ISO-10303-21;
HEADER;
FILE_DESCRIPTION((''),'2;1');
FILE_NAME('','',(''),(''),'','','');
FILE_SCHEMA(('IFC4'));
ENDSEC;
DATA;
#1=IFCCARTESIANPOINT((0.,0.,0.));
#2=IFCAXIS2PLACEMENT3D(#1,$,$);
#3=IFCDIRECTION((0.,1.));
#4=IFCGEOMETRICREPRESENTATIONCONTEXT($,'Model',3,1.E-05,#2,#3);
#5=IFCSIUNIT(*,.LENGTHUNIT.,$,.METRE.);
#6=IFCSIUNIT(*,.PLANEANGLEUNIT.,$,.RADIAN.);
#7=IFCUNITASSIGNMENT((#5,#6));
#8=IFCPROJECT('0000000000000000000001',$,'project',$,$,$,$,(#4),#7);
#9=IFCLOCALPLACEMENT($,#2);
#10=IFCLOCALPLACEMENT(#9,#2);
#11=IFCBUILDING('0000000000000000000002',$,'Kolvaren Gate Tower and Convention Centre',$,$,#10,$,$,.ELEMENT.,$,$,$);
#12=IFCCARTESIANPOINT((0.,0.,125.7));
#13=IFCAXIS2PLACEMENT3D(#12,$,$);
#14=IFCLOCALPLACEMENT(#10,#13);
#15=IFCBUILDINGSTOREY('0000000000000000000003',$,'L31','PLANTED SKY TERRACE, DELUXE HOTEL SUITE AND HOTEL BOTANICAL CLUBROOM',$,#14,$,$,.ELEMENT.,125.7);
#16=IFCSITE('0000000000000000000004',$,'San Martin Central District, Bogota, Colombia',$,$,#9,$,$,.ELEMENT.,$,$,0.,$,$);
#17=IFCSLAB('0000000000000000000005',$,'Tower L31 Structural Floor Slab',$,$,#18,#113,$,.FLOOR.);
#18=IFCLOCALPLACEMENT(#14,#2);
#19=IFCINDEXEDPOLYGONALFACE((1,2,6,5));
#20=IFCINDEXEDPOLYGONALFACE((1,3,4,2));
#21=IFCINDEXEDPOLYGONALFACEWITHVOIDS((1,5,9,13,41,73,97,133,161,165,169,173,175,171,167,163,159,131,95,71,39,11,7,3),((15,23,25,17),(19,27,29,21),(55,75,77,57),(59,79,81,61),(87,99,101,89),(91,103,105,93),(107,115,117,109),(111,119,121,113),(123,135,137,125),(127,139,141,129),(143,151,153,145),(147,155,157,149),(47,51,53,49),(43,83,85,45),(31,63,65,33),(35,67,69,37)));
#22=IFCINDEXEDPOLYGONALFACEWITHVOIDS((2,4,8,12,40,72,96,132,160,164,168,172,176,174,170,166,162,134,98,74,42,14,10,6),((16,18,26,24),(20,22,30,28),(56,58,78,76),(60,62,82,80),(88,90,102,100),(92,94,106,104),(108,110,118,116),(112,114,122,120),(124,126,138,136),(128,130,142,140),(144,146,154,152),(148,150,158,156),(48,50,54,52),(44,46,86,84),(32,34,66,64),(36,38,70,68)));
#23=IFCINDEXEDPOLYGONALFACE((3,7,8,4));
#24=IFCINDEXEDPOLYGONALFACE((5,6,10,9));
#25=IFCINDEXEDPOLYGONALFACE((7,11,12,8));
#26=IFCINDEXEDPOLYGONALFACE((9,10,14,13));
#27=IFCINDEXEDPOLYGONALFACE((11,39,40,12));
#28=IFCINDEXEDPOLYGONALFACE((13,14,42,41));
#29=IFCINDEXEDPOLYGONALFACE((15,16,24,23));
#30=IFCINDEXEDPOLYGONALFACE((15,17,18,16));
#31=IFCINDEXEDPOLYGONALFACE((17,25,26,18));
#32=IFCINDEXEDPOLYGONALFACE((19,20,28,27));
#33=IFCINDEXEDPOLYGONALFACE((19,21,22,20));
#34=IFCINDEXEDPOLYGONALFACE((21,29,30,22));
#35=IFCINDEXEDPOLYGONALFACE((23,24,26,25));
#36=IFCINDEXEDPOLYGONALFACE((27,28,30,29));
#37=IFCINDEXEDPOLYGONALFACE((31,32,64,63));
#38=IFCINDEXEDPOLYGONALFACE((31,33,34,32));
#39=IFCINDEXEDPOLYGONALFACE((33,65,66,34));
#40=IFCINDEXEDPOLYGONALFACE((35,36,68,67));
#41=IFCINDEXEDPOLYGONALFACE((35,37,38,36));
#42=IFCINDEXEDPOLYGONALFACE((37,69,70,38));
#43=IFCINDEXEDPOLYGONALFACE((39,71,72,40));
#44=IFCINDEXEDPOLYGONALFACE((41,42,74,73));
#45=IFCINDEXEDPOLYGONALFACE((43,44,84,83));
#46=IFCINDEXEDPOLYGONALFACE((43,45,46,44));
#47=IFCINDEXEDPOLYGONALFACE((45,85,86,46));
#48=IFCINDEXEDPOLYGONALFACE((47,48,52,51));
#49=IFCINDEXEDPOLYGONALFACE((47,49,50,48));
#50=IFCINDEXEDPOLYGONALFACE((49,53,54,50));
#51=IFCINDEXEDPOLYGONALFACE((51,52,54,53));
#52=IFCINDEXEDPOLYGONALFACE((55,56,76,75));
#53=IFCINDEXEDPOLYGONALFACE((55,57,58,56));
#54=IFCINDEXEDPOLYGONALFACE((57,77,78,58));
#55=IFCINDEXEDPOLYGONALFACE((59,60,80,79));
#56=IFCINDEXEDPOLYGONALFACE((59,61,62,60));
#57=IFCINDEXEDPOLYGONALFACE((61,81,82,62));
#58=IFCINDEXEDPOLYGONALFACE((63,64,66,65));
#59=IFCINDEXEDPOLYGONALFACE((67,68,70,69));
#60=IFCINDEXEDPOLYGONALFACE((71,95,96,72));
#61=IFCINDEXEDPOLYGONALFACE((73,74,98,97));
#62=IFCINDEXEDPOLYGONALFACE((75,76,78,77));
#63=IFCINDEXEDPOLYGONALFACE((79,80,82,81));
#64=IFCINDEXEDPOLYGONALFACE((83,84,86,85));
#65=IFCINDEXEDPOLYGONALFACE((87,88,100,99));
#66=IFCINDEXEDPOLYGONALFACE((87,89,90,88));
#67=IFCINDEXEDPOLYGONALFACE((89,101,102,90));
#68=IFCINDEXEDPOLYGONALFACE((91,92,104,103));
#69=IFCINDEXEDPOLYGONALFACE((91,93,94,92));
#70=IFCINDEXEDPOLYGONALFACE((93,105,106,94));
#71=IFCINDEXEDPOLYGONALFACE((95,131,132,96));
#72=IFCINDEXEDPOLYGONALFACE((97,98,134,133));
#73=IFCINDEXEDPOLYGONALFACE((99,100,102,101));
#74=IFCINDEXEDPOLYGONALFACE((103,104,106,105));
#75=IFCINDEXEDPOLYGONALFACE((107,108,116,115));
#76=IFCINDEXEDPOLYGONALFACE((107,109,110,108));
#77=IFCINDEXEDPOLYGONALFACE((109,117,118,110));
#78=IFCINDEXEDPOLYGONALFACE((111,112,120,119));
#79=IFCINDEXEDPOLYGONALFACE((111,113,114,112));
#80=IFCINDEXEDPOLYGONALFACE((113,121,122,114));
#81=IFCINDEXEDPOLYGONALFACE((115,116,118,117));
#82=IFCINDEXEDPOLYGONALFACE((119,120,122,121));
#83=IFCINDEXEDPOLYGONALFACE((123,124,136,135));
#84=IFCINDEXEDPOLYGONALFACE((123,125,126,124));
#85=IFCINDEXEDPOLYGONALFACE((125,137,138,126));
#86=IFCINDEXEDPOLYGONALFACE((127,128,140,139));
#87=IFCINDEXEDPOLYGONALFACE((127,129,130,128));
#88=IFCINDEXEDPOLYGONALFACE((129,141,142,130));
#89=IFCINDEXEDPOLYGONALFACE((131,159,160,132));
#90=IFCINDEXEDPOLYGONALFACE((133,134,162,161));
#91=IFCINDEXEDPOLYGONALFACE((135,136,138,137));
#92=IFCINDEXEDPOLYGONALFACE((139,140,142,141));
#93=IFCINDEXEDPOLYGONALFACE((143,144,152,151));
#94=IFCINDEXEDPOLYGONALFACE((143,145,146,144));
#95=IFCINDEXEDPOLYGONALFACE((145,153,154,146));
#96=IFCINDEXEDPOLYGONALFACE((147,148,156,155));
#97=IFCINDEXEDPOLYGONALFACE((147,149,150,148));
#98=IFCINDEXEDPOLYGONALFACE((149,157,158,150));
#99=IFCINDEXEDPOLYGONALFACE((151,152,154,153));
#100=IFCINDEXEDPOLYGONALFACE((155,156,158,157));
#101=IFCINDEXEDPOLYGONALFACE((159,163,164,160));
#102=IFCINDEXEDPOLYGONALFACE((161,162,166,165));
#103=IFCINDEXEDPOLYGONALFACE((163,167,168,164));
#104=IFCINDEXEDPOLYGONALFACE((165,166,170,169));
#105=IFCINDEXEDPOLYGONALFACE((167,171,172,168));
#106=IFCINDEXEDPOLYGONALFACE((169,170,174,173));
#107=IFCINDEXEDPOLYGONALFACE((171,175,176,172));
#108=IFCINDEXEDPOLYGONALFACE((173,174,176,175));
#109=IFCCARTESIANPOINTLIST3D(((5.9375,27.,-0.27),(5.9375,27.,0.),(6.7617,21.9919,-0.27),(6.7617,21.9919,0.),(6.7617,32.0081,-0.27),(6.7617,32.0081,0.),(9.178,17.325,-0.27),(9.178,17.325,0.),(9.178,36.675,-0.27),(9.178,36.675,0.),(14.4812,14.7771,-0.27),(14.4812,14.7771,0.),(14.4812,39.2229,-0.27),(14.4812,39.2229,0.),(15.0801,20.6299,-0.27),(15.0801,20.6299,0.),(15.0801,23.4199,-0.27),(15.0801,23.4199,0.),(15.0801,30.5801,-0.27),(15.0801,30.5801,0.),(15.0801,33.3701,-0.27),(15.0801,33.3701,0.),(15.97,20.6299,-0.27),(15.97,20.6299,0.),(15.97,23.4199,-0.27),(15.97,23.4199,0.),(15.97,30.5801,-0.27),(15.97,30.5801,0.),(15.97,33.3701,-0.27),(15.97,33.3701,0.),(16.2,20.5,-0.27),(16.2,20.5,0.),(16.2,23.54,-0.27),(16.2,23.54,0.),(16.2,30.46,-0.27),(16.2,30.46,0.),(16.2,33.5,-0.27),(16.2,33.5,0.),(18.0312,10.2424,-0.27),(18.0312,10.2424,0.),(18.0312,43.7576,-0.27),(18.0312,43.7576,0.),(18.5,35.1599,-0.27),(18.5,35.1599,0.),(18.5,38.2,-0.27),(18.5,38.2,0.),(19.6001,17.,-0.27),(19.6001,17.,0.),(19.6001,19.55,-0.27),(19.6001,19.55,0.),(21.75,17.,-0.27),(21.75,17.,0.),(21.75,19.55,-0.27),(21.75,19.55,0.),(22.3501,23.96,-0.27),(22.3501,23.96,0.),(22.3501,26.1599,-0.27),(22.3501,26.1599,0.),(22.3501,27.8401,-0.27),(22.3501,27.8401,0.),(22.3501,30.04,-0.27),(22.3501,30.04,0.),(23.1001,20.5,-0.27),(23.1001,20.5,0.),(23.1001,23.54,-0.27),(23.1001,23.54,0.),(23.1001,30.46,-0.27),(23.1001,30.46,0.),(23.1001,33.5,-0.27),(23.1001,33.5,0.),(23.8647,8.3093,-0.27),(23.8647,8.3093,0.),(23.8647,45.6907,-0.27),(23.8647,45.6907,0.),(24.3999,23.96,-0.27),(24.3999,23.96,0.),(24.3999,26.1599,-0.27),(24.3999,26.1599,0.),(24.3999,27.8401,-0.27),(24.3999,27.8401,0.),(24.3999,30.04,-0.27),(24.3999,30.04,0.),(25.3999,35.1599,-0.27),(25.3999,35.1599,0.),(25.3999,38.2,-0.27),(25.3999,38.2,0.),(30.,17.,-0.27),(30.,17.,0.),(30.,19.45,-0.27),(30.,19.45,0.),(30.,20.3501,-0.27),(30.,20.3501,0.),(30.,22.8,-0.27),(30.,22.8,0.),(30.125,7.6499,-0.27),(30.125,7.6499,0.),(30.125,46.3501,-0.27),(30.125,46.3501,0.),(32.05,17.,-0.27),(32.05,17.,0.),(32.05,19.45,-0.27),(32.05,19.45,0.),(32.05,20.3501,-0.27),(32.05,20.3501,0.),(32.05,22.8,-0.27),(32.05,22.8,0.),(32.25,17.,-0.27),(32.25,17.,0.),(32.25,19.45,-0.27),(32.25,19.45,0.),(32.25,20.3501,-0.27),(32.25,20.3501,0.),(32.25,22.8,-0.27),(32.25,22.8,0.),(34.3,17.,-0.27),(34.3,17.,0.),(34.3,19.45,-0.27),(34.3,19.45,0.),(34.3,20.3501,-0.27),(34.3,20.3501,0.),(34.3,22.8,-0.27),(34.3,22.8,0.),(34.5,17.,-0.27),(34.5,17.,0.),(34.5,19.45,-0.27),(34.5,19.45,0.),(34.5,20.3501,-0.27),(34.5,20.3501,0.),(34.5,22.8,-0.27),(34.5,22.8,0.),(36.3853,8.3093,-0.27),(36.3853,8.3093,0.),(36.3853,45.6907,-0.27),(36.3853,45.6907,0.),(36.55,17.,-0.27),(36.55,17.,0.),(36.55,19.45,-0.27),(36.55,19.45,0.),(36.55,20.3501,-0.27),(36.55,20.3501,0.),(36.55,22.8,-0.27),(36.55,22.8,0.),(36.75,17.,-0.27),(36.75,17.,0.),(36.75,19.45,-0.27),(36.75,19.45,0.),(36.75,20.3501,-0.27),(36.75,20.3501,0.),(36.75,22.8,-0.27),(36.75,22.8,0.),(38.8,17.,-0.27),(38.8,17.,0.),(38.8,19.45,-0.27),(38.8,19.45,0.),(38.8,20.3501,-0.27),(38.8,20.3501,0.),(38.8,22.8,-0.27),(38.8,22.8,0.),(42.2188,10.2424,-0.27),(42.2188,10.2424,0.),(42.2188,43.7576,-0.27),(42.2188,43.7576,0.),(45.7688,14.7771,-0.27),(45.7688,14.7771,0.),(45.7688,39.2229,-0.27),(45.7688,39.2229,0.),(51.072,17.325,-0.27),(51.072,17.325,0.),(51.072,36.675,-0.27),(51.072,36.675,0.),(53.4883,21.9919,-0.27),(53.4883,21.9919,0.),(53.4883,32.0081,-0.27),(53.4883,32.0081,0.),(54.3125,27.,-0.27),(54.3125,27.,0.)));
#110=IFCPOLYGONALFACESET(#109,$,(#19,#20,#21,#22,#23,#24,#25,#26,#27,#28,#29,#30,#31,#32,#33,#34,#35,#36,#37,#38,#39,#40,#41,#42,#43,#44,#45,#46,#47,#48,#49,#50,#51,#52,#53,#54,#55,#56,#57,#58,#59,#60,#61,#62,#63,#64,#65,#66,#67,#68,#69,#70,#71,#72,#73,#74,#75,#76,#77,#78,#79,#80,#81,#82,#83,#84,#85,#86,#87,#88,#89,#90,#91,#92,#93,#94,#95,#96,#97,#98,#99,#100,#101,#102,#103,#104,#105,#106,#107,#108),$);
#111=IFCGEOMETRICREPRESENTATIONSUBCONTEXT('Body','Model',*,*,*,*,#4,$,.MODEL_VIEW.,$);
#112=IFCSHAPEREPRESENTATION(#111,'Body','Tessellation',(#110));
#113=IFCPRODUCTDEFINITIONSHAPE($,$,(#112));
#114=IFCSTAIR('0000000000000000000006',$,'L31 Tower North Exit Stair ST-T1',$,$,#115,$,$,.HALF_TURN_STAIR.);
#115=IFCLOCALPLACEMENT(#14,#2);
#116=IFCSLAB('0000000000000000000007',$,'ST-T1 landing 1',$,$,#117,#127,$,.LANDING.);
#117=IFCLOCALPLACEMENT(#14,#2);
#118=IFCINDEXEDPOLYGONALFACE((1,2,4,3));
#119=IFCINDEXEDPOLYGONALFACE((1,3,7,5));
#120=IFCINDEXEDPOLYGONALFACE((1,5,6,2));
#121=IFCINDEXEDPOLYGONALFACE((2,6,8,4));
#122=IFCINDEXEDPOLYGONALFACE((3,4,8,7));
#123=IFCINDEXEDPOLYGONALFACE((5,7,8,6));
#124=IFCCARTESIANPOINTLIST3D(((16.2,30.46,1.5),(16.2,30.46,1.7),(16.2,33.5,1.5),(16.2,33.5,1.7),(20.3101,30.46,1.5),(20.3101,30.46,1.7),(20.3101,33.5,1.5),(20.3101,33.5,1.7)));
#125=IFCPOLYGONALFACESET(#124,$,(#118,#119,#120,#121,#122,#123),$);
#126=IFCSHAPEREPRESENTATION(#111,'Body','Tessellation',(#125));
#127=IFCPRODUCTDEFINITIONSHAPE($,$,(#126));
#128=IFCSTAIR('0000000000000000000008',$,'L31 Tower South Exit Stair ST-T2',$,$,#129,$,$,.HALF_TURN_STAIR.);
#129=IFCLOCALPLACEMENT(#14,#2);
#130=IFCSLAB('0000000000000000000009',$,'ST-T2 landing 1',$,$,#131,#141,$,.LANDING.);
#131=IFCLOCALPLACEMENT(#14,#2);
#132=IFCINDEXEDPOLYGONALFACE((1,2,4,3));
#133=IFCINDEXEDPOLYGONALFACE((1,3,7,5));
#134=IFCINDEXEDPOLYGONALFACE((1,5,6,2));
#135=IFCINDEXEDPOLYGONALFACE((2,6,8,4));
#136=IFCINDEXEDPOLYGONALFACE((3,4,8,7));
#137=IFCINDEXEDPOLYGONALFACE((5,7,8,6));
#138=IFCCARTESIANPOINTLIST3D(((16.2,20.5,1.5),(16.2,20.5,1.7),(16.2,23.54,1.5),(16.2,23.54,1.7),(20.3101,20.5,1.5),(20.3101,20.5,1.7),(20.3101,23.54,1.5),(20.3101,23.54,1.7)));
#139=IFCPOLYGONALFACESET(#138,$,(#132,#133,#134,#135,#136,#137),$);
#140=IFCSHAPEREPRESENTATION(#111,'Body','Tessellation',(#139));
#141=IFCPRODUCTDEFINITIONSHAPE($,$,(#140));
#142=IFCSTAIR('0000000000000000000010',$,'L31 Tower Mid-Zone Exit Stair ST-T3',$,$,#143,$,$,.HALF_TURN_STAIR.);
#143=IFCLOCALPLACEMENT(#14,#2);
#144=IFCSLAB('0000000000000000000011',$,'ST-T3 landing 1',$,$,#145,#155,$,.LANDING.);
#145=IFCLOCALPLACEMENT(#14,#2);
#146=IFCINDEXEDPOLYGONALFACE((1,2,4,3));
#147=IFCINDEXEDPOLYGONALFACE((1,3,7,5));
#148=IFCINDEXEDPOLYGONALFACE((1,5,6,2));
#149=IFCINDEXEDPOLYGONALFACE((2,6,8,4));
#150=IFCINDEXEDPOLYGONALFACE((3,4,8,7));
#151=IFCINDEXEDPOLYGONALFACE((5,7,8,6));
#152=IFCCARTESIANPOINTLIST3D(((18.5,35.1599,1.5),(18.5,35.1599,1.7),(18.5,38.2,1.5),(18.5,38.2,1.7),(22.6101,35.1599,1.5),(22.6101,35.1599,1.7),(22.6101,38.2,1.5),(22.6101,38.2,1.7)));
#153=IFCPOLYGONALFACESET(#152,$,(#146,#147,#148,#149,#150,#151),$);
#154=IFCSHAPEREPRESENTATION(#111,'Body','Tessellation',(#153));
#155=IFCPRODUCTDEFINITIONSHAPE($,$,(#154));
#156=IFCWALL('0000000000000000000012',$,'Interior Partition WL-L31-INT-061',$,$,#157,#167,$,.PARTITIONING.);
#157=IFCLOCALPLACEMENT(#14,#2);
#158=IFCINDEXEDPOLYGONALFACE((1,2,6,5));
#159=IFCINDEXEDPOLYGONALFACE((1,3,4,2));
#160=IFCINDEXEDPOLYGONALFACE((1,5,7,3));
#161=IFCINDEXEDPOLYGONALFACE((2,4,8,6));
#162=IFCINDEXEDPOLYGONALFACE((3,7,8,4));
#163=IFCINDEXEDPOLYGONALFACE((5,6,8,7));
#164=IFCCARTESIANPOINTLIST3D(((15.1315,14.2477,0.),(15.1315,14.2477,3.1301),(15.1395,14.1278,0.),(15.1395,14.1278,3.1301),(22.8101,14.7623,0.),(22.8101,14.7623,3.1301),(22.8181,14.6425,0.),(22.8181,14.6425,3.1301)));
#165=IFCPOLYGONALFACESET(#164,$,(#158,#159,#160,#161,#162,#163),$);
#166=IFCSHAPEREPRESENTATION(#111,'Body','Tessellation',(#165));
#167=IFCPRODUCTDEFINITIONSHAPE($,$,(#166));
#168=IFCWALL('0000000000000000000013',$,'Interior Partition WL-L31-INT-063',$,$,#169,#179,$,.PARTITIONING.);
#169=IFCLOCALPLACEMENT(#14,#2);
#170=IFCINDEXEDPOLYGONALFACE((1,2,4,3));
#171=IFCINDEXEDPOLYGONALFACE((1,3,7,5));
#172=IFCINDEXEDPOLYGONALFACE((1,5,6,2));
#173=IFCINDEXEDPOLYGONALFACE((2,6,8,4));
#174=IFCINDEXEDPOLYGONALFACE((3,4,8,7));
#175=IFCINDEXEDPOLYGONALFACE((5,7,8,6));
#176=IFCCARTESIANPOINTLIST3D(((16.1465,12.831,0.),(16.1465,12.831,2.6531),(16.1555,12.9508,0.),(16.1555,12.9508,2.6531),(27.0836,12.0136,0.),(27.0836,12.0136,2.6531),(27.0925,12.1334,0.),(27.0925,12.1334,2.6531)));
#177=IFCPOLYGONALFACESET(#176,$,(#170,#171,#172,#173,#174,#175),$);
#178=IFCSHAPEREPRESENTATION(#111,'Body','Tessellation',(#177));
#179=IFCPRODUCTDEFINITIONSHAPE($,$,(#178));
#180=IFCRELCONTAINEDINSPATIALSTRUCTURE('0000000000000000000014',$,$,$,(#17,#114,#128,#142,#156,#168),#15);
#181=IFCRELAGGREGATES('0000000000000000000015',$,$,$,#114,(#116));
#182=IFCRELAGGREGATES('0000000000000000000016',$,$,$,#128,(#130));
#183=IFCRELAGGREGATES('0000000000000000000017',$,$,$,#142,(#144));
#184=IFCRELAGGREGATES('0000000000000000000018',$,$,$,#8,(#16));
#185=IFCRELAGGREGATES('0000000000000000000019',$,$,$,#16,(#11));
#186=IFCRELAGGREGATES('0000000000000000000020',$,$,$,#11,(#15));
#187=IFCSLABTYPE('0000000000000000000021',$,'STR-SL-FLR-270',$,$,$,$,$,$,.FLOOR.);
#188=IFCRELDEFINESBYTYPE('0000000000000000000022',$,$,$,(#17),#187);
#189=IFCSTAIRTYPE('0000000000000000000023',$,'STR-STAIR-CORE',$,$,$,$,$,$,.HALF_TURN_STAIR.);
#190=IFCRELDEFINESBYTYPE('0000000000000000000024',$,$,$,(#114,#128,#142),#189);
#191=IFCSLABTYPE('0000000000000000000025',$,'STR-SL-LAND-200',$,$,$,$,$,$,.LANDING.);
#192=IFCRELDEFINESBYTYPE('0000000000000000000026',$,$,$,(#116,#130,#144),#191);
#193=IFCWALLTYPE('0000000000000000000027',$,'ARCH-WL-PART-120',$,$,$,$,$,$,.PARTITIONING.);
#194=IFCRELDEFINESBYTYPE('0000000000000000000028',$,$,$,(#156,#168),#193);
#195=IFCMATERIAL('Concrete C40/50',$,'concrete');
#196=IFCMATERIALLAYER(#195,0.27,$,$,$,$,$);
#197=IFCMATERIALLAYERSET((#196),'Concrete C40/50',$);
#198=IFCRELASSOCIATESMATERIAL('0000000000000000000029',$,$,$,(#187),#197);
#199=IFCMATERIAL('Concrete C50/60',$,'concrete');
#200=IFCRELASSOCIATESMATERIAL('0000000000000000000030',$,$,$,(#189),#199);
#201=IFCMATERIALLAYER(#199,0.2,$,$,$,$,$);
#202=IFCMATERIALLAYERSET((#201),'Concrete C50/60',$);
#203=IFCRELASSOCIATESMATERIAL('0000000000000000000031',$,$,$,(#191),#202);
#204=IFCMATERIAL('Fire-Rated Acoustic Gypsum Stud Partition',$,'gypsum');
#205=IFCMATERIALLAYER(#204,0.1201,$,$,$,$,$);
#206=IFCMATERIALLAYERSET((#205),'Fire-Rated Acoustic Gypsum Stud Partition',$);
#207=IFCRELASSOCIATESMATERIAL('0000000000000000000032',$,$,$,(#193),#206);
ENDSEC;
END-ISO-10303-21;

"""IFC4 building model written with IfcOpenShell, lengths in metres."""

from ifc_helpers import new_model, si_unit, direction, frame, frame_2d, origin, place, context, subcontext, project, spatial, polyline, rectangle, outline, extrude, material, layer, layer_set, type_object, element, aggregate, save


model = new_model("IFC4")

# Units and contexts
model_context = context("Model", 3, precision=1e-05, world=origin(), true_north=direction((0.0, 1.0)))
body_context = subcontext(model_context, "Body", "Model", "MODEL_VIEW")
ifc_project = project(units=[si_unit("LENGTHUNIT", "METRE"), si_unit("PLANEANGLEUNIT", "RADIAN")], contexts=[model_context])

# Site, building, storey
site_placement = place(None, origin())
site = spatial("IfcSite", under=ifc_project, at=site_placement, Name="San Martin Central District, Bogota, Colombia", CompositionType="ELEMENT", RefElevation=0.0)
building_placement = place(site_placement, origin())
building = spatial("IfcBuilding", under=site, at=building_placement, Name="Kolvaren Gate Tower and Convention Centre", CompositionType="ELEMENT")
storey_placement = place(building_placement, frame((0.0, 0.0, 125.7)))
storey = spatial("IfcBuildingStorey", under=building, at=storey_placement, Name="L31", Description="PLANTED SKY TERRACE, DELUXE HOTEL SUITE AND HOTEL BOTANICAL CLUBROOM", CompositionType="ELEMENT", Elevation=125.7)

# Slab
ifc_material_1 = material(Name="Concrete C50/60", Category="concrete")
ifc_material_2 = material(Name="Concrete C40/50", Category="concrete")
ifc_layer_1 = layer(ifc_material_2, 0.27)
ifc_layer_set_1 = layer_set([ifc_layer_1], Name="Concrete C40/50")
slab_type_1 = type_object("IfcSlabType", Name="STR-SL-FLR-270", PredefinedType="FLOOR", material=ifc_layer_set_1)
slab_1_placement = place(storey_placement, frame((0.0, 0.0, -0.27)))
element("IfcSlab", 1, at=slab_1_placement, inside=storey, type_object=slab_type_1, Name="Tower L31 Structural Floor Slab", PredefinedType="FLOOR", context=body_context, shape_type="SweptSolid", body=[
    extrude(outline(polyline([(54.3125, 27.0), (53.4883, 32.0081), (51.072, 36.675), (45.7688, 39.2229), (42.2188, 43.7576), (36.3853, 45.6907), (30.125, 46.3501), (23.8647, 45.6907), (18.0312, 43.7576), (14.4812, 39.2229), (9.178, 36.675), (6.7617, 32.0081), (5.9375, 27.0), (6.7617, 21.9919), (9.178, 17.325), (14.4812, 14.7771), (18.0312, 10.2424), (23.8647, 8.3093), (30.125, 7.6499), (36.3853, 8.3093), (42.2188, 10.2424), (45.7688, 14.7771), (51.072, 17.325), (53.4883, 21.9919), (54.3125, 27.0)]), holes=[polyline([(36.75, 17.0), (36.75, 19.45), (38.8, 19.45), (38.8, 17.0), (36.75, 17.0)]), polyline([(36.75, 20.3501), (36.75, 22.8), (38.8, 22.8), (38.8, 20.3501), (36.75, 20.3501)]), polyline([(34.5, 17.0), (34.5, 19.45), (36.55, 19.45), (36.55, 17.0), (34.5, 17.0)]), polyline([(34.5, 20.3501), (34.5, 22.8), (36.55, 22.8), (36.55, 20.3501), (34.5, 20.3501)]), polyline([(32.25, 17.0), (32.25, 19.45), (34.3, 19.45), (34.3, 17.0), (32.25, 17.0)]), polyline([(32.25, 20.3501), (32.25, 22.8), (34.3, 22.8), (34.3, 20.3501), (32.25, 20.3501)]), polyline([(30.0, 17.0), (30.0, 19.45), (32.05, 19.45), (32.05, 17.0), (30.0, 17.0)]), polyline([(30.0, 20.3501), (30.0, 22.8), (32.05, 22.8), (32.05, 20.3501), (30.0, 20.3501)]), polyline([(25.3999, 38.2), (25.3999, 35.1599), (18.5, 35.1599), (18.5, 38.2), (25.3999, 38.2)]), polyline([(22.3501, 23.96), (22.3501, 26.1599), (24.3999, 26.1599), (24.3999, 23.96), (22.3501, 23.96)]), polyline([(22.3501, 27.8401), (22.3501, 30.04), (24.3999, 30.04), (24.3999, 27.8401), (22.3501, 27.8401)]), polyline([(23.1001, 23.54), (23.1001, 20.5), (16.2, 20.5), (16.2, 23.54), (23.1001, 23.54)]), polyline([(23.1001, 33.5), (23.1001, 30.46), (16.2, 30.46), (16.2, 33.5), (23.1001, 33.5)]), polyline([(19.6001, 17.0), (19.6001, 19.55), (21.75, 19.55), (21.75, 17.0), (19.6001, 17.0)]), polyline([(15.0801, 20.6299), (15.0801, 23.4199), (15.97, 23.4199), (15.97, 20.6299), (15.0801, 20.6299)]), polyline([(15.0801, 30.5801), (15.0801, 33.3701), (15.97, 33.3701), (15.97, 30.5801), (15.0801, 30.5801)])]), origin(), (0.0, 0.0, 1.0), 0.27),
])

# Stairs, slabs
stair_type = type_object("IfcStairType", Name="STR-STAIR-CORE", PredefinedType="HALF_TURN_STAIR", material=ifc_material_1)
stair_1_placement = place(storey_placement, origin())
stair_1 = element("IfcStair", 2, at=stair_1_placement, inside=storey, type_object=stair_type, Name="L31 Tower North Exit Stair ST-T1", PredefinedType="HALF_TURN_STAIR")
ifc_layer_2 = layer(ifc_material_1, 0.2)
ifc_layer_set_2 = layer_set([ifc_layer_2], Name="Concrete C50/60")
slab_type_2 = type_object("IfcSlabType", Name="STR-SL-LAND-200", PredefinedType="LANDING", material=ifc_layer_set_2)
slab_2_placement = place(storey_placement, frame((0.0, 0.0, 1.5)))
slab_2 = element("IfcSlab", 3, at=slab_2_placement, type_object=slab_type_2, Name="ST-T1 landing 1", PredefinedType="LANDING", context=body_context, shape_type="SweptSolid", body=[
    extrude(outline(polyline([(20.3101, 33.5), (16.2, 33.5), (16.2, 30.46), (20.3101, 30.46), (20.3101, 33.5)])), origin(), (0.0, 0.0, 1.0), 0.2),
])
aggregate(stair_1, [slab_2])
stair_2_placement = place(storey_placement, origin())
stair_2 = element("IfcStair", 4, at=stair_2_placement, inside=storey, type_object=stair_type, Name="L31 Tower South Exit Stair ST-T2", PredefinedType="HALF_TURN_STAIR")
slab_3_placement = place(storey_placement, frame((0.0, 0.0, 1.5)))
slab_3 = element("IfcSlab", 5, at=slab_3_placement, type_object=slab_type_2, Name="ST-T2 landing 1", PredefinedType="LANDING", context=body_context, shape_type="SweptSolid", body=[
    extrude(outline(polyline([(20.3101, 23.54), (16.2, 23.54), (16.2, 20.5), (20.3101, 20.5), (20.3101, 23.54)])), origin(), (0.0, 0.0, 1.0), 0.2),
])
aggregate(stair_2, [slab_3])
stair_3_placement = place(storey_placement, origin())
stair_3 = element("IfcStair", 6, at=stair_3_placement, inside=storey, type_object=stair_type, Name="L31 Tower Mid-Zone Exit Stair ST-T3", PredefinedType="HALF_TURN_STAIR")
slab_4_placement = place(storey_placement, frame((0.0, 0.0, 1.5)))
slab_4 = element("IfcSlab", 7, at=slab_4_placement, type_object=slab_type_2, Name="ST-T3 landing 1", PredefinedType="LANDING", context=body_context, shape_type="SweptSolid", body=[
    extrude(outline(polyline([(22.6101, 38.2), (18.5, 38.2), (18.5, 35.1599), (22.6101, 35.1599), (22.6101, 38.2)])), origin(), (0.0, 0.0, 1.0), 0.2),
])
aggregate(stair_3, [slab_4])

# Walls
ifc_material_3 = material(Name="Fire-Rated Acoustic Gypsum Stud Partition", Category="gypsum")
ifc_layer_3 = layer(ifc_material_3, 0.1201)
ifc_layer_set_3 = layer_set([ifc_layer_3], Name="Fire-Rated Acoustic Gypsum Stud Partition")
wall_type_1 = type_object("IfcWallType", Name="ARCH-WL-PART-120", PredefinedType="PARTITIONING", material=ifc_layer_set_3)
wall_1_placement = place(storey_placement, frame((15.1355, 14.1877, 0.0), z_axis=(0.0, 0.0, 1.0), x_axis=(0.997761, 0.066875, 0.0)))
element("IfcWall", 8, at=wall_1_placement, inside=storey, type_object=wall_type_1, Name="Interior Partition WL-L31-INT-061", PredefinedType="PARTITIONING", context=body_context, shape_type="SweptSolid", body=[
    extrude(rectangle(XDim=7.6958, YDim=0.1201, at=frame_2d((3.8479, 0.0))), origin(), (0.0, 0.0, 1.0), 3.1301),
])
wall_2_placement = place(storey_placement, frame((16.1509, 12.8909, 0.0), z_axis=(0.0, 0.0, 1.0), x_axis=(0.997219, -0.074528, 0.0)))
element("IfcWall", 9, at=wall_2_placement, inside=storey, type_object=wall_type_1, Name="Interior Partition WL-L31-INT-063", PredefinedType="PARTITIONING", context=body_context, shape_type="SweptSolid", body=[
    extrude(rectangle(XDim=10.9675, YDim=0.1201, at=frame_2d((5.4839, 0.0))), origin(), (0.0, 0.0, 1.0), 2.6531),
])

save(model, "model.ifc")
